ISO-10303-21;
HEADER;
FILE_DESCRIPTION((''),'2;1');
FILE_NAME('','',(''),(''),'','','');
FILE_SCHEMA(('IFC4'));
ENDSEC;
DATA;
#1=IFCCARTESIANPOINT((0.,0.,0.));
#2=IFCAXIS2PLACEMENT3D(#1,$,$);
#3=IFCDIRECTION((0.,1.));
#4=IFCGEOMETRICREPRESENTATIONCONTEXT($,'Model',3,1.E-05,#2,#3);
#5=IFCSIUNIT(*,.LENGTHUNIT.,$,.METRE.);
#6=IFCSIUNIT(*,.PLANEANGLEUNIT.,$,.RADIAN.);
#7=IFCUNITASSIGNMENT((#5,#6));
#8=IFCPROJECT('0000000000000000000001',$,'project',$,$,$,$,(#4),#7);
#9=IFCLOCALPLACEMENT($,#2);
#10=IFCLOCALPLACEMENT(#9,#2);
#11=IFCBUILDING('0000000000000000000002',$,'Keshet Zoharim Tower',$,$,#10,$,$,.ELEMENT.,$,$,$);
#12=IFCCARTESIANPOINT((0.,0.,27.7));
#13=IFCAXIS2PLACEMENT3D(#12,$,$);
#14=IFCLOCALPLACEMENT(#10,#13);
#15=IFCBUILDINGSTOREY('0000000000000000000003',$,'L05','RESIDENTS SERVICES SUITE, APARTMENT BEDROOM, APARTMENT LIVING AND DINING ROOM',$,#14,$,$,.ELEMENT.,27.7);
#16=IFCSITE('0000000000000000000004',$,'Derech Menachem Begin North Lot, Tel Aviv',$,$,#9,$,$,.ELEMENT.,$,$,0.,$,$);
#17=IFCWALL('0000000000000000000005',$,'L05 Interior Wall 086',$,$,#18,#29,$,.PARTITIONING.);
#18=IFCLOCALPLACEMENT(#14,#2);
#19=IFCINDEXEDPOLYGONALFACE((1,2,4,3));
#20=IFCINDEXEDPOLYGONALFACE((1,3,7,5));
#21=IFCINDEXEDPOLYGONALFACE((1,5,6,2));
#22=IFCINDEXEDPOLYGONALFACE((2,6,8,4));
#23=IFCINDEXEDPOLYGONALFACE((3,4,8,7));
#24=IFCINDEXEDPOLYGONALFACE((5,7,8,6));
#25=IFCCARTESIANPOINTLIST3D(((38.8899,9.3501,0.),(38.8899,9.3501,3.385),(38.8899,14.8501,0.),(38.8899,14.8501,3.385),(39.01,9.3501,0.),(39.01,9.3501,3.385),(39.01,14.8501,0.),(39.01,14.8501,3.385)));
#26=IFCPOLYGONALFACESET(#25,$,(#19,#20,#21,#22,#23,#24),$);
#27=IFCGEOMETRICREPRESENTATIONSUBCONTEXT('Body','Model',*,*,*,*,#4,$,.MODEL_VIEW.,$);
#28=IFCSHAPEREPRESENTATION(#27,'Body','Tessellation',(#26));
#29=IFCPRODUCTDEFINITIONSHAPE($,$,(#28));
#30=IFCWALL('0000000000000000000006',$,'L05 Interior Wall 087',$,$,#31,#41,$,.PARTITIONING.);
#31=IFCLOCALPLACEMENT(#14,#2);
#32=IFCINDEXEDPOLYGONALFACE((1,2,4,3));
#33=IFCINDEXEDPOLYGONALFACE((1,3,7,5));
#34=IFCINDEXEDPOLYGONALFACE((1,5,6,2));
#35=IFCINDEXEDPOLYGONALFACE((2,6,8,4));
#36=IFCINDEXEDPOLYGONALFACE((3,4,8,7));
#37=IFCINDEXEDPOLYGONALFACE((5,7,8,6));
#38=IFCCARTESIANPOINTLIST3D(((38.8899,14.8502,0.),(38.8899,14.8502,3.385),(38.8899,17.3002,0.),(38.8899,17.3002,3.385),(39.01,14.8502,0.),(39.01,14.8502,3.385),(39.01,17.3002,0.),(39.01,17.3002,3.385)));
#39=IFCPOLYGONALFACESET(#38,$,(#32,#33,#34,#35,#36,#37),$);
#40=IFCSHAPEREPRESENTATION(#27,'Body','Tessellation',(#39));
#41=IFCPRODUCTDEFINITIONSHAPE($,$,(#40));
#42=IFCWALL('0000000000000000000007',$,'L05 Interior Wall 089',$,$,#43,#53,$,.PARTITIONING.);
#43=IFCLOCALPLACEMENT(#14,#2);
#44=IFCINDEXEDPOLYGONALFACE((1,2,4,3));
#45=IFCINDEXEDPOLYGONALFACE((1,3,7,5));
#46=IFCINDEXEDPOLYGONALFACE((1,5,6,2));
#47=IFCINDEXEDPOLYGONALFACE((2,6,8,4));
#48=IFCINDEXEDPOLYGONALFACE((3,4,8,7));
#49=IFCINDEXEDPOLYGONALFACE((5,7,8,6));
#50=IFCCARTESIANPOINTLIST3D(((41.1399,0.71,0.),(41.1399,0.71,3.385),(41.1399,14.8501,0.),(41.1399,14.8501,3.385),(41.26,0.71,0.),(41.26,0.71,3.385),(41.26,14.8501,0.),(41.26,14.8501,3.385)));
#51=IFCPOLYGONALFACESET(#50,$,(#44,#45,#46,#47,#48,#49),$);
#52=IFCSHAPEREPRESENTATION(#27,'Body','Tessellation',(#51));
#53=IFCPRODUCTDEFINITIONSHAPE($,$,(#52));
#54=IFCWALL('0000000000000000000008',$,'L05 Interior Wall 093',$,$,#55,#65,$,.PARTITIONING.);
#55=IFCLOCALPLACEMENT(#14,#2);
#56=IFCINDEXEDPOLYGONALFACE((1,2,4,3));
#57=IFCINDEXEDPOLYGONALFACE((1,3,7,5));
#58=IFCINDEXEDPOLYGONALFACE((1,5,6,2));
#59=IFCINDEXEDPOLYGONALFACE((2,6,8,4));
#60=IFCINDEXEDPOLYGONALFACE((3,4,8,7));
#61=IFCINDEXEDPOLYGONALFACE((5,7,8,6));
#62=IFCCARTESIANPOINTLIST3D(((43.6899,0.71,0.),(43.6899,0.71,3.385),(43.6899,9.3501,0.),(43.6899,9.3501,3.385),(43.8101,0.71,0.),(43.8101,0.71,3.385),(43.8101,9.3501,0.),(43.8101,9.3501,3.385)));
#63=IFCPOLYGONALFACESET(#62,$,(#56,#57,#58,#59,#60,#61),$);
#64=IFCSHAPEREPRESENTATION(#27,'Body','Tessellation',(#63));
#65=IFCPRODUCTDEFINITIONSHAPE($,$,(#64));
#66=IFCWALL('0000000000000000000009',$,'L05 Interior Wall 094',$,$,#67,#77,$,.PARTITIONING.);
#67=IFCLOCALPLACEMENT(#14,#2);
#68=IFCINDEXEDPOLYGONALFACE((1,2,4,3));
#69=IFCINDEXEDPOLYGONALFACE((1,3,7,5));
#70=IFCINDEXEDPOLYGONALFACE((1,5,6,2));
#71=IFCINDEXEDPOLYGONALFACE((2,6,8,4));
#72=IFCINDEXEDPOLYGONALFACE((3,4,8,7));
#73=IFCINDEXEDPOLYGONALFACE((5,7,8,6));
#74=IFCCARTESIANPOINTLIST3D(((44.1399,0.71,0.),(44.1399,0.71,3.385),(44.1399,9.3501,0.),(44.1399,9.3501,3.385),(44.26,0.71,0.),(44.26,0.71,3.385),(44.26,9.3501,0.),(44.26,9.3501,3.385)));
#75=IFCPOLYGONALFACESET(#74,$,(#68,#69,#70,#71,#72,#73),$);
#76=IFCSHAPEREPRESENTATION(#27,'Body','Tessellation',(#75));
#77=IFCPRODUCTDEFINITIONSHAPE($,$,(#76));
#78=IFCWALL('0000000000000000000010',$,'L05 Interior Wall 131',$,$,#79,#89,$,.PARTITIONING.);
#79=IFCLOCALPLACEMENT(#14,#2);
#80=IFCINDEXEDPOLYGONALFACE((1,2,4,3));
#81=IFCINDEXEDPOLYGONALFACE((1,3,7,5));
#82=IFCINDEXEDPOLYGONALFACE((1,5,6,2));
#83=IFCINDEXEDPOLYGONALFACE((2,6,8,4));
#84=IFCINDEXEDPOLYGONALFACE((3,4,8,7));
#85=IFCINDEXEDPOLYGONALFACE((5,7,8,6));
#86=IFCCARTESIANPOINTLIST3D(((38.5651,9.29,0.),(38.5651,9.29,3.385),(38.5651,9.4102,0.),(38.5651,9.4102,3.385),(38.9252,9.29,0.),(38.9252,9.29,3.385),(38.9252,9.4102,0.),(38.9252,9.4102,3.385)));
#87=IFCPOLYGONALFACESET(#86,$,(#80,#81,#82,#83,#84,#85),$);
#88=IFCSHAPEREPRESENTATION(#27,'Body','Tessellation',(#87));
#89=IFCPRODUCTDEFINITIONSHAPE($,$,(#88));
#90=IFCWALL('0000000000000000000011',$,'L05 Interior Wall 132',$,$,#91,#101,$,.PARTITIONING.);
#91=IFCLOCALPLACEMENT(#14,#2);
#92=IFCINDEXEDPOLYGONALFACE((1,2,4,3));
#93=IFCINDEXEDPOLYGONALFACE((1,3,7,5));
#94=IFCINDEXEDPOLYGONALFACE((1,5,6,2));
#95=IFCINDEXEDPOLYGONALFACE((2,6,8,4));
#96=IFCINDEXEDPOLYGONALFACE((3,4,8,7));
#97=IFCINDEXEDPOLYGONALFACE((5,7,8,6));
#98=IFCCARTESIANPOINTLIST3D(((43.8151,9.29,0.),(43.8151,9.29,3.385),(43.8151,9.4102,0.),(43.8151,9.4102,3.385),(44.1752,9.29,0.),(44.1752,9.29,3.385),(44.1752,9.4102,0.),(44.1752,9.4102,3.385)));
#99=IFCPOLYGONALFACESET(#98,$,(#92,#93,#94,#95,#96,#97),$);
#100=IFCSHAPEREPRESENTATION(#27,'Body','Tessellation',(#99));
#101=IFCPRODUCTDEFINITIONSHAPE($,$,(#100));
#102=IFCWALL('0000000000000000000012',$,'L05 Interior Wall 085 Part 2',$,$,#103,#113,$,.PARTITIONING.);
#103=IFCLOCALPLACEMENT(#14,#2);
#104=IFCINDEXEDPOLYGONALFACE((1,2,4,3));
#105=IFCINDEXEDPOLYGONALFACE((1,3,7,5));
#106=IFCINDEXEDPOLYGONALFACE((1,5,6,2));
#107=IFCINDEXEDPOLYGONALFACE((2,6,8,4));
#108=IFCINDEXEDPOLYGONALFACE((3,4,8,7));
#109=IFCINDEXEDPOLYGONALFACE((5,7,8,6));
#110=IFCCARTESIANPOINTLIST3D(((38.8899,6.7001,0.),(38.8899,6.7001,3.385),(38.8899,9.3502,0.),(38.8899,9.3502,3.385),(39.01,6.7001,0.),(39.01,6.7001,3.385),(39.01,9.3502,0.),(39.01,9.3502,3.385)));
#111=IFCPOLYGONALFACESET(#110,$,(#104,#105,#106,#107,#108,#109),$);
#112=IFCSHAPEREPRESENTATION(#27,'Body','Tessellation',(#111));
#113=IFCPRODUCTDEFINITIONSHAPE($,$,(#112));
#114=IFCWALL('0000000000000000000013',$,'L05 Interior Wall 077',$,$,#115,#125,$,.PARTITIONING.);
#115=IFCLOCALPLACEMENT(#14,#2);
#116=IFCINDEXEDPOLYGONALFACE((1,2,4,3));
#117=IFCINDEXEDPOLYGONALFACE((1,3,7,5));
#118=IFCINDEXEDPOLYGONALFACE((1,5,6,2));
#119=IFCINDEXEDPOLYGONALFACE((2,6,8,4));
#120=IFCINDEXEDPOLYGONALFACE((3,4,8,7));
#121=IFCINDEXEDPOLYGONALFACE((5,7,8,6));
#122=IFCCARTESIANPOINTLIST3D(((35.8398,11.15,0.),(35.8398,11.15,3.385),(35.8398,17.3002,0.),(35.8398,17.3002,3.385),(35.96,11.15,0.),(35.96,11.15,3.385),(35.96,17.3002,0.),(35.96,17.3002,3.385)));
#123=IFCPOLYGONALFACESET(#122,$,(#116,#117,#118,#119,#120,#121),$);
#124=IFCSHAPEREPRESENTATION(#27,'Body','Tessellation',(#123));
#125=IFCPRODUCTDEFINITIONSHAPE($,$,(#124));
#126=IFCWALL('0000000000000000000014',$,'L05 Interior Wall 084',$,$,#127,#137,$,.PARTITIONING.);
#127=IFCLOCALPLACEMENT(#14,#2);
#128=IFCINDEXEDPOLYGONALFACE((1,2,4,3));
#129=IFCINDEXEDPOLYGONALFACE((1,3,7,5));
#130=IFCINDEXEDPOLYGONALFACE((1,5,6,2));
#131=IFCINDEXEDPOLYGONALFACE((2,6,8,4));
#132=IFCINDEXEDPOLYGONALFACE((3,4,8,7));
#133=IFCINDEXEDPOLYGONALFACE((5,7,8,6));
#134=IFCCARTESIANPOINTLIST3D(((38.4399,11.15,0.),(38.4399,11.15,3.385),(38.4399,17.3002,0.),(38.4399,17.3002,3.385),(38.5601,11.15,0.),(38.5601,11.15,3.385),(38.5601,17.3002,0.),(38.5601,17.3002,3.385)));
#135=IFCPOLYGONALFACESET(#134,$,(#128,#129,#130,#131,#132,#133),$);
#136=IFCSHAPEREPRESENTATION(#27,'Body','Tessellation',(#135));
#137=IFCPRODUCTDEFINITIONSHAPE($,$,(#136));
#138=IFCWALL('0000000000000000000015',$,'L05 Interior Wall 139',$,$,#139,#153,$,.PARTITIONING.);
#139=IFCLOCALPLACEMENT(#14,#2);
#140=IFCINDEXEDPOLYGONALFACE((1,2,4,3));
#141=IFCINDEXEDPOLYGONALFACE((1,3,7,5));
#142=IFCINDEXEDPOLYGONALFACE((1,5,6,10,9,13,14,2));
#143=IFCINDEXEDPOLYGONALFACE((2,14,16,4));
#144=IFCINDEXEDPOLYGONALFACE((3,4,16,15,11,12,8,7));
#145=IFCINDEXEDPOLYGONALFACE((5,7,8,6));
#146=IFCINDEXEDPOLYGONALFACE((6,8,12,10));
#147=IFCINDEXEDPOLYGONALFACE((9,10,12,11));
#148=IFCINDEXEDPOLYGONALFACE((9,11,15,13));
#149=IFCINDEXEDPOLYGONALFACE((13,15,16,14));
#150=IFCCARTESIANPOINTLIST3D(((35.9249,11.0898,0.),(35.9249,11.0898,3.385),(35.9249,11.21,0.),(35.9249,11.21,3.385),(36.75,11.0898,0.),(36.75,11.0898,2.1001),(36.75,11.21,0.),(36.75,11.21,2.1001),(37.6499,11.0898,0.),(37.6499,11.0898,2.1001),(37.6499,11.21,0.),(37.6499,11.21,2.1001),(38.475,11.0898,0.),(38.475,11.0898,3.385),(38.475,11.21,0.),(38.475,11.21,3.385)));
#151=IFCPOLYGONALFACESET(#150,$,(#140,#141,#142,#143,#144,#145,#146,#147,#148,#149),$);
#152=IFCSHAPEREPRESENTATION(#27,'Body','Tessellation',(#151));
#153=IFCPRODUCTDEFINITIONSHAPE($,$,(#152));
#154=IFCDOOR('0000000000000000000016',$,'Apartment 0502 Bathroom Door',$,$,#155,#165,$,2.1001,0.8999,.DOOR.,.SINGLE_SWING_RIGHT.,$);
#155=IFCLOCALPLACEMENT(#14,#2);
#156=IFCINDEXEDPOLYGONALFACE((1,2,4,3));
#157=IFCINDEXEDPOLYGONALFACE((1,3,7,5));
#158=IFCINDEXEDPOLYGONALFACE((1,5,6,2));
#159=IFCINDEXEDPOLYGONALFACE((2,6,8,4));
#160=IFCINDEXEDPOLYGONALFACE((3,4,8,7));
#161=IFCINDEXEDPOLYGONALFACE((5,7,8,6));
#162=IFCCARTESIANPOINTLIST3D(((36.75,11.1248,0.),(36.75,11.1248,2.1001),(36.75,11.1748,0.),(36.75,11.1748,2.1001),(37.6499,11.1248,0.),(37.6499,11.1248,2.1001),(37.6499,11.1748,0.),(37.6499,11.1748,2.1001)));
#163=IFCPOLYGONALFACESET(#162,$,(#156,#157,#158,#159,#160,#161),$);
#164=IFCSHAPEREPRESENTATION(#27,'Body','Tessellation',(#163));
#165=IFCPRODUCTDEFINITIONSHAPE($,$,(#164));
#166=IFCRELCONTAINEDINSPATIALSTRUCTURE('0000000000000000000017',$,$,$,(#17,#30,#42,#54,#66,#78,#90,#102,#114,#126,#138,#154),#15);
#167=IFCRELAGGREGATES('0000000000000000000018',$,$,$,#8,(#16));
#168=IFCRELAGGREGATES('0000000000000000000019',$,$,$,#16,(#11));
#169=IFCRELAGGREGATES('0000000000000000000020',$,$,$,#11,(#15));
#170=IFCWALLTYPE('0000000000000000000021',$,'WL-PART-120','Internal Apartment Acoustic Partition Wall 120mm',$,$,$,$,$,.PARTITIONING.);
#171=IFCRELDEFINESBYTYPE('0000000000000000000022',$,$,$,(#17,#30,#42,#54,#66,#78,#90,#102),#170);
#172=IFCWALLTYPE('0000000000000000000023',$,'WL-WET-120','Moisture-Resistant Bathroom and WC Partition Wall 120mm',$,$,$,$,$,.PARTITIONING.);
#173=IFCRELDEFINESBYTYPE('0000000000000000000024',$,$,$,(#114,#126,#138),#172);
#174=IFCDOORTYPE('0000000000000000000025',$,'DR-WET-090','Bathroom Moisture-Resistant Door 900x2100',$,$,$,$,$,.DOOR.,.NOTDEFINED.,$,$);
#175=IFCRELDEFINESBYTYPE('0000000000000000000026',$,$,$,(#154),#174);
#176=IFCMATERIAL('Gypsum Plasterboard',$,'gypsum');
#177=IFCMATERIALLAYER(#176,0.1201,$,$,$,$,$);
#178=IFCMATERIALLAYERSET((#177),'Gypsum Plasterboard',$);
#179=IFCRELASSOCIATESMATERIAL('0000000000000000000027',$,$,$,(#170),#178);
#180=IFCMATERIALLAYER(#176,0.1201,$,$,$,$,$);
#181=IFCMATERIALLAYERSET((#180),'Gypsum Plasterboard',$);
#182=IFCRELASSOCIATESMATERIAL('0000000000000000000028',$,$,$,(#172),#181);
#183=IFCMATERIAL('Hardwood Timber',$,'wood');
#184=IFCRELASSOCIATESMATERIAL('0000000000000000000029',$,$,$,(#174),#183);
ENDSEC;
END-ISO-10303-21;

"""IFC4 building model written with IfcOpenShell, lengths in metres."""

from ifc_helpers import new_model, si_unit, direction, frame, frame_2d, origin, place, context, subcontext, project, spatial, rectangle, extrude, material, layer, layer_set, type_object, element, fill, save


model = new_model("IFC4")

# Units and contexts
model_context = context("Model", 3, precision=1e-05, world=origin(), true_north=direction((0.0, 1.0)))
body_context = subcontext(model_context, "Body", "Model", "MODEL_VIEW")
ifc_project = project(units=[si_unit("LENGTHUNIT", "METRE"), si_unit("PLANEANGLEUNIT", "RADIAN")], contexts=[model_context])

# Site, building, storey
site_placement = place(None, origin())
site = spatial("IfcSite", under=ifc_project, at=site_placement, Name="Derech Menachem Begin North Lot, Tel Aviv", CompositionType="ELEMENT", RefElevation=0.0)
building_placement = place(site_placement, origin())
building = spatial("IfcBuilding", under=site, at=building_placement, Name="Keshet Zoharim Tower", CompositionType="ELEMENT")
storey_placement = place(building_placement, frame((0.0, 0.0, 27.7)))
storey = spatial("IfcBuildingStorey", under=building, at=storey_placement, Name="L05", Description="RESIDENTS SERVICES SUITE, APARTMENT BEDROOM, APARTMENT LIVING AND DINING ROOM", CompositionType="ELEMENT", Elevation=27.7)

# Shared definitions
ifc_material_1 = material(Name="Gypsum Plasterboard", Category="gypsum")

# Shared definitions
ifc_material_2 = material(Name="Hardwood Timber", Category="wood")

# Walls
ifc_layer_1 = layer(ifc_material_1, 0.1201)
ifc_layer_set_1 = layer_set([ifc_layer_1], Name="Gypsum Plasterboard")
wall_type_1 = type_object("IfcWallType", Name="WL-PART-120", Description="Internal Apartment Acoustic Partition Wall 120mm", PredefinedType="PARTITIONING", material=ifc_layer_set_1)
wall_1_placement = place(storey_placement, frame((38.95, 9.3501, 0.0), z_axis=(0.0, 0.0, 1.0), x_axis=(0.0, 1.0, 0.0)))
element("IfcWall", 1, at=wall_1_placement, inside=storey, type_object=wall_type_1, Name="L05 Interior Wall 086", PredefinedType="PARTITIONING", context=body_context, shape_type="SweptSolid", body=[
    extrude(rectangle(XDim=5.5, YDim=0.1201, at=frame_2d((2.75, 0.0))), origin(), (0.0, 0.0, 1.0), 3.385),
])
wall_2_placement = place(storey_placement, frame((38.95, 14.8501, 0.0), z_axis=(0.0, 0.0, 1.0), x_axis=(0.0, 1.0, 0.0)))
element("IfcWall", 2, at=wall_2_placement, inside=storey, type_object=wall_type_1, Name="L05 Interior Wall 087", PredefinedType="PARTITIONING", context=body_context, shape_type="SweptSolid", body=[
    extrude(rectangle(XDim=2.45, YDim=0.1201, at=frame_2d((1.2251, 0.0))), origin(), (0.0, 0.0, 1.0), 3.385),
])
wall_3_placement = place(storey_placement, frame((41.2, 0.71, 0.0), z_axis=(0.0, 0.0, 1.0), x_axis=(0.0, 1.0, 0.0)))
element("IfcWall", 3, at=wall_3_placement, inside=storey, type_object=wall_type_1, Name="L05 Interior Wall 089", PredefinedType="PARTITIONING", context=body_context, shape_type="SweptSolid", body=[
    extrude(rectangle(XDim=14.1401, YDim=0.1201, at=frame_2d((7.0701, 0.0))), origin(), (0.0, 0.0, 1.0), 3.385),
])
for number, where, z_axis, x_axis, name in (
    (4, (43.75, 0.71, 0.0), (0.0, 0.0, 1.0), (0.0, 1.0, 0.0), "L05 Interior Wall 093"),
    (5, (44.2, 0.71, 0.0), (0.0, 0.0, 1.0), (0.0, 1.0, 0.0), "L05 Interior Wall 094"),
):
    element("IfcWall", number, at=place(storey_placement, frame(where, z_axis=z_axis, x_axis=x_axis)), inside=storey, type_object=wall_type_1, Name=name, PredefinedType="PARTITIONING", context=body_context, shape_type="SweptSolid", body=[
        extrude(rectangle(XDim=8.6401, YDim=0.1201, at=frame_2d((4.3201, 0.0))), origin(), (0.0, 0.0, 1.0), 3.385),
    ])
for number, where, z_axis, x_axis, name in (
    (6, (38.5649, 9.3501, 0.0), (0.0, 0.0, 1.0), (1.0, 0.0, 0.0), "L05 Interior Wall 131"),
    (7, (43.8149, 9.3501, 0.0), (0.0, 0.0, 1.0), (1.0, 0.0, 0.0), "L05 Interior Wall 132"),
):
    element("IfcWall", number, at=place(storey_placement, frame(where, z_axis=z_axis, x_axis=x_axis)), inside=storey, type_object=wall_type_1, Name=name, PredefinedType="PARTITIONING", context=body_context, shape_type="SweptSolid", body=[
        extrude(rectangle(XDim=0.3601, YDim=0.1201, at=frame_2d((0.1802, 0.0))), origin(), (0.0, 0.0, 1.0), 3.385),
    ])

# Walls
wall_4_placement = place(storey_placement, frame((38.95, 6.7, 0.0), z_axis=(0.0, 0.0, 1.0), x_axis=(0.0, 1.0, 0.0)))
element("IfcWall", 8, at=wall_4_placement, inside=storey, type_object=wall_type_1, Name="L05 Interior Wall 085 Part 2", PredefinedType="PARTITIONING", context=body_context, shape_type="SweptSolid", body=[
    extrude(rectangle(XDim=2.6501, YDim=0.1201, at=frame_2d((1.3252, 0.0))), origin(), (0.0, 0.0, 1.0), 3.385),
])
ifc_layer_2 = layer(ifc_material_1, 0.1201)
ifc_layer_set_2 = layer_set([ifc_layer_2], Name="Gypsum Plasterboard")
wall_type_2 = type_object("IfcWallType", Name="WL-WET-120", Description="Moisture-Resistant Bathroom and WC Partition Wall 120mm", PredefinedType="PARTITIONING", material=ifc_layer_set_2)
for number, where, z_axis, x_axis, name in (
    (9, (35.8999, 11.1499, 0.0), (0.0, 0.0, 1.0), (0.0, 1.0, 0.0), "L05 Interior Wall 077"),
    (10, (38.5, 11.1499, 0.0), (0.0, 0.0, 1.0), (0.0, 1.0, 0.0), "L05 Interior Wall 084"),
):
    element("IfcWall", number, at=place(storey_placement, frame(where, z_axis=z_axis, x_axis=x_axis)), inside=storey, type_object=wall_type_2, Name=name, PredefinedType="PARTITIONING", context=body_context, shape_type="SweptSolid", body=[
        extrude(rectangle(XDim=6.1501, YDim=0.1201, at=frame_2d((3.0752, 0.0))), origin(), (0.0, 0.0, 1.0), 3.385),
    ])

# Wall, opening, door
wall_5_placement = place(storey_placement, frame((35.925, 11.1499, 0.0), z_axis=(0.0, 0.0, 1.0), x_axis=(1.0, 0.0, 0.0)))
wall_5 = element("IfcWall", 11, at=wall_5_placement, inside=storey, type_object=wall_type_2, Name="L05 Interior Wall 139", PredefinedType="PARTITIONING", context=body_context, shape_type="SweptSolid", body=[
    extrude(rectangle(XDim=2.55, YDim=0.1201, at=frame_2d((1.2749, 0.0))), origin(), (0.0, 0.0, 1.0), 3.385),
])
opening_1_placement = place(wall_5_placement, frame((0.825, 0.0, 0.0)))
opening_1 = element("IfcOpeningElement", 12, at=opening_1_placement, cuts=wall_5, PredefinedType="OPENING", context=body_context, shape_type="SweptSolid", body=[
    extrude(rectangle(XDim=0.8999, YDim=2.1001, at=frame_2d((0.45, 1.05))), frame((0.0, 0.0701, 0.0), z_axis=(0.0, -1.0, 0.0), x_axis=(1.0, 0.0, 0.0)), (0.0, 0.0, 1.0), 0.1401),
])
door_type_1 = type_object("IfcDoorType", Name="DR-WET-090", Description="Bathroom Moisture-Resistant Door 900x2100", OperationType="NOTDEFINED", PredefinedType="DOOR", material=ifc_material_2)
door_1_placement = place(opening_1_placement, origin())
door_1 = element("IfcDoor", 13, at=door_1_placement, inside=storey, type_object=door_type_1, Name="Apartment 0502 Bathroom Door", OperationType="SINGLE_SWING_RIGHT", OverallHeight=2.1001, OverallWidth=0.8999, PredefinedType="DOOR", context=body_context, shape_type="SweptSolid", body=[
    extrude(rectangle(XDim=0.8999, YDim=2.1001, at=frame_2d((0.45, 1.05))), frame((0.0, 0.0249, 0.0), z_axis=(0.0, -1.0, 0.0), x_axis=(1.0, 0.0, 0.0)), (0.0, 0.0, 1.0), 0.05),
])
fill(opening_1, door_1)

save(model, "model.ifc")
